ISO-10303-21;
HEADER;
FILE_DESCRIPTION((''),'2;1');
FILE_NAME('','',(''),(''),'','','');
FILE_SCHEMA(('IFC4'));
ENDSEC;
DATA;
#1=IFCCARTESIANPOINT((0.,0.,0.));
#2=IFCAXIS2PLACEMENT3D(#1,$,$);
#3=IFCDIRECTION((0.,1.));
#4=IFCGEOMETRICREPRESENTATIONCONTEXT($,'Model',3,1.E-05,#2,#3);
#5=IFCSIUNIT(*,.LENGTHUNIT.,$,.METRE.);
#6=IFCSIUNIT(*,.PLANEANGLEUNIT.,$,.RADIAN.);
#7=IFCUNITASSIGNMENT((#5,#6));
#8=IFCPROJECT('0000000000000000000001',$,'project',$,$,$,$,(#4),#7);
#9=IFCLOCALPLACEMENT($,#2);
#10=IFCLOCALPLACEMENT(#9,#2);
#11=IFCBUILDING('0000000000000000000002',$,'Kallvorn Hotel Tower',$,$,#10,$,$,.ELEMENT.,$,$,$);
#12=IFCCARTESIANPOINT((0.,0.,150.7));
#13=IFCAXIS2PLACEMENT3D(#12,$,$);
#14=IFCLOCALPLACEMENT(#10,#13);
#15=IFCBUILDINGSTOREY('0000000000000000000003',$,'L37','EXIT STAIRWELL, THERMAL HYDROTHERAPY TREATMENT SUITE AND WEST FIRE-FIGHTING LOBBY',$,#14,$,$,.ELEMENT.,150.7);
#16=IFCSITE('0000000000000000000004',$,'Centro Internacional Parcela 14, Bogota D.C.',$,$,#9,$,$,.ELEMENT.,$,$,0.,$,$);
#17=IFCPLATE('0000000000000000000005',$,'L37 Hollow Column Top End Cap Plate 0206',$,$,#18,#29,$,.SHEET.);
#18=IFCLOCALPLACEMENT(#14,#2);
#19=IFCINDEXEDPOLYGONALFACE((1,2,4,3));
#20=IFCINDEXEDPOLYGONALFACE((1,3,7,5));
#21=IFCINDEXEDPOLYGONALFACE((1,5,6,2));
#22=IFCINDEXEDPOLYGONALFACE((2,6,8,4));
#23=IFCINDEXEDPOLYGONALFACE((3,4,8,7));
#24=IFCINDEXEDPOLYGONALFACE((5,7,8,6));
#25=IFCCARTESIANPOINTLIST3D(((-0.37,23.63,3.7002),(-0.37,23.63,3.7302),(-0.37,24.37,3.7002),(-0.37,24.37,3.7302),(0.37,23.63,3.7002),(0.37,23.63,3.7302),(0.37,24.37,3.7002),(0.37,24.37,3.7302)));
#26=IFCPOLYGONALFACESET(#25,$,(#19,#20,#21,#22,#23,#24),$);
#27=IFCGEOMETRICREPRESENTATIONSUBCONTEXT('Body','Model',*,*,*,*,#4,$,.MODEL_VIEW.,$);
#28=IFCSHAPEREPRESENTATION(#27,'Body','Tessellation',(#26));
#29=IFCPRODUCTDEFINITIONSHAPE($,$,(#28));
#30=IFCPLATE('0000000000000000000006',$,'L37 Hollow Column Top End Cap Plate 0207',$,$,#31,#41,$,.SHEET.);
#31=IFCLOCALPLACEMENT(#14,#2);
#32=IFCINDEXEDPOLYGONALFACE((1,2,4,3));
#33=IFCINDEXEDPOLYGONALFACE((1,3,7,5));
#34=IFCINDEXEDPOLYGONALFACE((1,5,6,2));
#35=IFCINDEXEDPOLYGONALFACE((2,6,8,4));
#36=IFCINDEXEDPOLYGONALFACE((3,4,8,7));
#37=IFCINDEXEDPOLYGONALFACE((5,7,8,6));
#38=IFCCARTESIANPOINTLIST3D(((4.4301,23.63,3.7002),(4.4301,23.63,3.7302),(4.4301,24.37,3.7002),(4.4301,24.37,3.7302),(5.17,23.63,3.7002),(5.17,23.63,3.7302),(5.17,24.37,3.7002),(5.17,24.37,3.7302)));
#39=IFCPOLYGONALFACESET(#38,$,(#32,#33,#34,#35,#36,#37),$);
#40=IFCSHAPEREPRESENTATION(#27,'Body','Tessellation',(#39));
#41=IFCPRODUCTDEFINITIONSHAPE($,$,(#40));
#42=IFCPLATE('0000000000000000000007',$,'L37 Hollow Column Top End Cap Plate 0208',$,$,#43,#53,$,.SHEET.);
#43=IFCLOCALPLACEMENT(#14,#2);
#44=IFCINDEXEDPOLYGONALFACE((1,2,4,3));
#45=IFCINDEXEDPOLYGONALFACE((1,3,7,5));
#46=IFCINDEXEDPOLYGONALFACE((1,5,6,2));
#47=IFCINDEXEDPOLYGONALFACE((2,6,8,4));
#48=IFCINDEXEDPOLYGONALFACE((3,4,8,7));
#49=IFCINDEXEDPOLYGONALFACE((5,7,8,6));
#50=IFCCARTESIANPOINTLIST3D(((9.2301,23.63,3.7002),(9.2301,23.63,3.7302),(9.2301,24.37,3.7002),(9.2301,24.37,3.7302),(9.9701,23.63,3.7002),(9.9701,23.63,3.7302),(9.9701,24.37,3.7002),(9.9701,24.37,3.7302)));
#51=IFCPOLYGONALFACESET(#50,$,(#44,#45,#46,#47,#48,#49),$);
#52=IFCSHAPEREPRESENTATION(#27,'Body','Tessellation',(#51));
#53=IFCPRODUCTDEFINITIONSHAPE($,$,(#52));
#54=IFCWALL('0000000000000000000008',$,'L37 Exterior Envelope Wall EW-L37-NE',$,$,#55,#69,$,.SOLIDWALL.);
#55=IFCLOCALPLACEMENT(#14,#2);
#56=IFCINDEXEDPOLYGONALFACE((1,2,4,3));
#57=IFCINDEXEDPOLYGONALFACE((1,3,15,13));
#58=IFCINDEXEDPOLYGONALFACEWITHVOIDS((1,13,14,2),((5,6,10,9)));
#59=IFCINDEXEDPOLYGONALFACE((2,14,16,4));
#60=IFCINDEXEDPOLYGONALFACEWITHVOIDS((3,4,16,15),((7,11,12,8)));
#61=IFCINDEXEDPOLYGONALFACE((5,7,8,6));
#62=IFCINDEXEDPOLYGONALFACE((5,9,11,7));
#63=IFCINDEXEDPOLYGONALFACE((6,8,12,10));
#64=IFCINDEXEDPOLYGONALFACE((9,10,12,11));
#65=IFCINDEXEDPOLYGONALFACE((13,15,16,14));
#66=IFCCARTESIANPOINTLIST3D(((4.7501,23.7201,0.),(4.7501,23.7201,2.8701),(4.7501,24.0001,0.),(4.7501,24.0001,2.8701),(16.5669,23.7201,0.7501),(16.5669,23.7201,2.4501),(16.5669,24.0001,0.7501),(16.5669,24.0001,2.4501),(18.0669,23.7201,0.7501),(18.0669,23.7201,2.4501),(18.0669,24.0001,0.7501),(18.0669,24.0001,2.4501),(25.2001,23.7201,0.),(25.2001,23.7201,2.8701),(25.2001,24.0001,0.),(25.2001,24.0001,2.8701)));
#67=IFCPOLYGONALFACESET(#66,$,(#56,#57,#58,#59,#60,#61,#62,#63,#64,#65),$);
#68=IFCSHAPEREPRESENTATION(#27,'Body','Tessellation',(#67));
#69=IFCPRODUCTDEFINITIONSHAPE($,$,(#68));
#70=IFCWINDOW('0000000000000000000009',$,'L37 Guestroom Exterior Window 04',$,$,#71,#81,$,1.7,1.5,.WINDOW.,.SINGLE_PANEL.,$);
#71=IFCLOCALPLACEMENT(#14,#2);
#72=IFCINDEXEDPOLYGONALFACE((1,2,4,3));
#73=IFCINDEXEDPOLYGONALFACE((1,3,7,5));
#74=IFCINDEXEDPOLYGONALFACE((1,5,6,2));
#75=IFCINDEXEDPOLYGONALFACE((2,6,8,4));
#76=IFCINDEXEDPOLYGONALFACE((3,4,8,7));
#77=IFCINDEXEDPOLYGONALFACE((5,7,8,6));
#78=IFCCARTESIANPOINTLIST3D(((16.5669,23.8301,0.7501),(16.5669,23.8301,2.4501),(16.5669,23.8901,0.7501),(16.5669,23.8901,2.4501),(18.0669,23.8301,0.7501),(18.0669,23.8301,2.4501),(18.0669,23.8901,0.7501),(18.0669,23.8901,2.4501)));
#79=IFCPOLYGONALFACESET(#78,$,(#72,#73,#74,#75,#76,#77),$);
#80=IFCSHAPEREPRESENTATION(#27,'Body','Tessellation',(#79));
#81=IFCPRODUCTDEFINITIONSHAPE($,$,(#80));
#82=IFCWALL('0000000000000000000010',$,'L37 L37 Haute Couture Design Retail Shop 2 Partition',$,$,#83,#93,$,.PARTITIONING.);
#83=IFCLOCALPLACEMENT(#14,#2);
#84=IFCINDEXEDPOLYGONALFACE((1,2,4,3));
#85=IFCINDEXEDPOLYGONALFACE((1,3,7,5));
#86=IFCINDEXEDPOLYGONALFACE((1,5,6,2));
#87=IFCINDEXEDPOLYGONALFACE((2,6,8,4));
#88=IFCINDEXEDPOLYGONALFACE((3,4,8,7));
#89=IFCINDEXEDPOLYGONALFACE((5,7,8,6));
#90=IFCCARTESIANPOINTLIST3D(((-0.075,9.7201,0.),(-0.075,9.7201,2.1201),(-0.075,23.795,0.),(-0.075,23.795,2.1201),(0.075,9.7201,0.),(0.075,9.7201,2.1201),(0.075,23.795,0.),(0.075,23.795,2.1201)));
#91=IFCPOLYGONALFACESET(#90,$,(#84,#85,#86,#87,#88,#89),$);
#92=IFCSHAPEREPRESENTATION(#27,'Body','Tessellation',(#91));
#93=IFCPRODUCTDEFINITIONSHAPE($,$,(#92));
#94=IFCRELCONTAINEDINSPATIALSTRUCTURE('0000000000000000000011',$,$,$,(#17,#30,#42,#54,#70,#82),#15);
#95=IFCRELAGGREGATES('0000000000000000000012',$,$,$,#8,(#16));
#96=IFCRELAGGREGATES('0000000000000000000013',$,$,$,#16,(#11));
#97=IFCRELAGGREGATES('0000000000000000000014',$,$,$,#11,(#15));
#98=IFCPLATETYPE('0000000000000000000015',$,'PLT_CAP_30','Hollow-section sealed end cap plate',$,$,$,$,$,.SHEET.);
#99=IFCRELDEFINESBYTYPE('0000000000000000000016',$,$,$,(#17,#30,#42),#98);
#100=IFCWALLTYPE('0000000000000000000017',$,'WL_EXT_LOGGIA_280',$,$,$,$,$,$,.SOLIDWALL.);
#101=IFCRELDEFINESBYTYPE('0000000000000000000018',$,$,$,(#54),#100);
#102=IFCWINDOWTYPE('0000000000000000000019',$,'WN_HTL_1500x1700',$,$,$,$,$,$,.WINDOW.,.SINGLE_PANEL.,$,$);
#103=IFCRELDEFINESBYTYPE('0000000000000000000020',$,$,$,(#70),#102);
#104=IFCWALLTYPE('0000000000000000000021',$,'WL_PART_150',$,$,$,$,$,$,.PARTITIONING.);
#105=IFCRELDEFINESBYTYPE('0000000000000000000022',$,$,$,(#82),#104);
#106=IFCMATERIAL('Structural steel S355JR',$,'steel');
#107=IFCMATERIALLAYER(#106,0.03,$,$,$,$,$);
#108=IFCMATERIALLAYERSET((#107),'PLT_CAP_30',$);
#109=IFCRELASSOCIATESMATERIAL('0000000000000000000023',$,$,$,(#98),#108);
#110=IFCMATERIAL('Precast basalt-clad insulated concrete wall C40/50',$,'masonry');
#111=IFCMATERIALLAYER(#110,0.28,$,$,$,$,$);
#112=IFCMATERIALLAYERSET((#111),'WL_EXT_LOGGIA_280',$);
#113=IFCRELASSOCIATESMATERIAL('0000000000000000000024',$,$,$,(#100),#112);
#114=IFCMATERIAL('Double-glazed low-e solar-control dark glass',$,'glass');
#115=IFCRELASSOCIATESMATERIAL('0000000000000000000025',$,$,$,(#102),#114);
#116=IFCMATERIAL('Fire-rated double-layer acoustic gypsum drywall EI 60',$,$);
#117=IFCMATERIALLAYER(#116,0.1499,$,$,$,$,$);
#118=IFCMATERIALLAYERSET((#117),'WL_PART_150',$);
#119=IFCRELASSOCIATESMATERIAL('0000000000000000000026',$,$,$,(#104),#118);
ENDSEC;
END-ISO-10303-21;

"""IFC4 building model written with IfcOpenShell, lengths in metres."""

from ifc_helpers import new_model, si_unit, direction, frame, frame_2d, origin, origin_2d, place, context, subcontext, project, spatial, rectangle, extrude, material, layer, layer_set, type_object, element, fill, save


model = new_model("IFC4")

# Units and contexts
model_context = context("Model", 3, precision=1e-05, world=origin(), true_north=direction((0.0, 1.0)))
body_context = subcontext(model_context, "Body", "Model", "MODEL_VIEW")
ifc_project = project(units=[si_unit("LENGTHUNIT", "METRE"), si_unit("PLANEANGLEUNIT", "RADIAN")], contexts=[model_context])

# Site, building, storey
site_placement = place(None, origin())
site = spatial("IfcSite", under=ifc_project, at=site_placement, Name="Centro Internacional Parcela 14, Bogota D.C.", CompositionType="ELEMENT", RefElevation=0.0)
building_placement = place(site_placement, origin())
building = spatial("IfcBuilding", under=site, at=building_placement, Name="Kallvorn Hotel Tower", CompositionType="ELEMENT")
storey_placement = place(building_placement, frame((0.0, 0.0, 150.7)))
storey = spatial("IfcBuildingStorey", under=building, at=storey_placement, Name="L37", Description="EXIT STAIRWELL, THERMAL HYDROTHERAPY TREATMENT SUITE AND WEST FIRE-FIGHTING LOBBY", CompositionType="ELEMENT", Elevation=150.7)

# Plates
ifc_material_1 = material(Name="Structural steel S355JR", Category="steel")
ifc_layer_1 = layer(ifc_material_1, 0.03)
ifc_layer_set_1 = layer_set([ifc_layer_1], Name="PLT_CAP_30")
plate_type_1 = type_object("IfcPlateType", Name="PLT_CAP_30", Description="Hollow-section sealed end cap plate", PredefinedType="SHEET", material=ifc_layer_set_1)
for number, where, z_axis, x_axis, name in (
    (1, (0.0, 24.0, 3.7002), (0.0, 0.0, 1.0), (1.0, 0.0, 0.0), "L37 Hollow Column Top End Cap Plate 0206"),
    (2, (4.8, 24.0, 3.7002), (0.0, 0.0, 1.0), (1.0, 0.0, 0.0), "L37 Hollow Column Top End Cap Plate 0207"),
    (3, (9.6001, 24.0, 3.7002), (0.0, 0.0, 1.0), (1.0, 0.0, 0.0), "L37 Hollow Column Top End Cap Plate 0208"),
):
    element("IfcPlate", number, at=place(storey_placement, frame(where, z_axis=z_axis, x_axis=x_axis)), inside=storey, type_object=plate_type_1, Name=name, PredefinedType="SHEET", context=body_context, shape_type="SweptSolid", body=[
        extrude(rectangle(XDim=0.74, YDim=0.74, at=origin_2d()), origin(), (0.0, 0.0, 1.0), 0.03),
    ])

# Wall, opening, window
ifc_material_2 = material(Name="Precast basalt-clad insulated concrete wall C40/50", Category="masonry")
ifc_layer_2 = layer(ifc_material_2, 0.28)
ifc_layer_set_2 = layer_set([ifc_layer_2], Name="WL_EXT_LOGGIA_280")
wall_type_1 = type_object("IfcWallType", Name="WL_EXT_LOGGIA_280", PredefinedType="SOLIDWALL", material=ifc_layer_set_2)
wall_1_placement = place(storey_placement, frame((4.75, 23.8601, 0.0), z_axis=(0.0, 0.0, 1.0), x_axis=(1.0, 0.0, 0.0)))
wall_1 = element("IfcWall", 4, at=wall_1_placement, inside=storey, type_object=wall_type_1, Name="L37 Exterior Envelope Wall EW-L37-NE", PredefinedType="SOLIDWALL", context=body_context, shape_type="SweptSolid", body=[
    extrude(rectangle(XDim=20.45, YDim=0.28, at=frame_2d((10.2251, 0.0))), origin(), (0.0, 0.0, 1.0), 2.8701),
])
opening_placement = place(wall_1_placement, frame((11.8169, 0.0, 0.75)))
opening = element("IfcOpeningElement", 5, at=opening_placement, cuts=wall_1, PredefinedType="OPENING", context=body_context, shape_type="SweptSolid", body=[
    extrude(rectangle(XDim=1.5, YDim=1.7, at=frame_2d((0.75, 0.8501))), frame((0.0, 0.155, 0.0), z_axis=(0.0, -1.0, 0.0), x_axis=(1.0, 0.0, 0.0)), (0.0, 0.0, 1.0), 0.3101),
])
ifc_material_3 = material(Name="Double-glazed low-e solar-control dark glass", Category="glass")
window_type = type_object("IfcWindowType", Name="WN_HTL_1500x1700", PartitioningType="SINGLE_PANEL", PredefinedType="WINDOW", material=ifc_material_3)
window_placement = place(opening_placement, origin())
window = element("IfcWindow", 6, at=window_placement, inside=storey, type_object=window_type, Name="L37 Guestroom Exterior Window 04", OverallHeight=1.7, OverallWidth=1.5, PartitioningType="SINGLE_PANEL", PredefinedType="WINDOW", context=body_context, shape_type="SweptSolid", body=[
    extrude(rectangle(XDim=1.5, YDim=1.7, at=frame_2d((0.75, 0.8501))), frame((0.0, 0.03, 0.0), z_axis=(0.0, -1.0, 0.0), x_axis=(1.0, 0.0, 0.0)), (0.0, 0.0, 1.0), 0.0601),
])
fill(opening, window)

# Wall
ifc_material_4 = material(Name="Fire-rated double-layer acoustic gypsum drywall EI 60")
ifc_layer_3 = layer(ifc_material_4, 0.1499)
ifc_layer_set_3 = layer_set([ifc_layer_3], Name="WL_PART_150")
wall_type_2 = type_object("IfcWallType", Name="WL_PART_150", PredefinedType="PARTITIONING", material=ifc_layer_set_3)
wall_2_placement = place(storey_placement, frame((0.0, 9.72, 0.0), z_axis=(0.0, 0.0, 1.0), x_axis=(0.0, 1.0, 0.0)))
element("IfcWall", 7, at=wall_2_placement, inside=storey, type_object=wall_type_2, Name="L37 L37 Haute Couture Design Retail Shop 2 Partition", PredefinedType="PARTITIONING", context=body_context, shape_type="SweptSolid", body=[
    extrude(rectangle(XDim=14.075, YDim=0.1499, at=frame_2d((7.0376, 0.0))), origin(), (0.0, 0.0, 1.0), 2.1201),
])

save(model, "model.ifc")
